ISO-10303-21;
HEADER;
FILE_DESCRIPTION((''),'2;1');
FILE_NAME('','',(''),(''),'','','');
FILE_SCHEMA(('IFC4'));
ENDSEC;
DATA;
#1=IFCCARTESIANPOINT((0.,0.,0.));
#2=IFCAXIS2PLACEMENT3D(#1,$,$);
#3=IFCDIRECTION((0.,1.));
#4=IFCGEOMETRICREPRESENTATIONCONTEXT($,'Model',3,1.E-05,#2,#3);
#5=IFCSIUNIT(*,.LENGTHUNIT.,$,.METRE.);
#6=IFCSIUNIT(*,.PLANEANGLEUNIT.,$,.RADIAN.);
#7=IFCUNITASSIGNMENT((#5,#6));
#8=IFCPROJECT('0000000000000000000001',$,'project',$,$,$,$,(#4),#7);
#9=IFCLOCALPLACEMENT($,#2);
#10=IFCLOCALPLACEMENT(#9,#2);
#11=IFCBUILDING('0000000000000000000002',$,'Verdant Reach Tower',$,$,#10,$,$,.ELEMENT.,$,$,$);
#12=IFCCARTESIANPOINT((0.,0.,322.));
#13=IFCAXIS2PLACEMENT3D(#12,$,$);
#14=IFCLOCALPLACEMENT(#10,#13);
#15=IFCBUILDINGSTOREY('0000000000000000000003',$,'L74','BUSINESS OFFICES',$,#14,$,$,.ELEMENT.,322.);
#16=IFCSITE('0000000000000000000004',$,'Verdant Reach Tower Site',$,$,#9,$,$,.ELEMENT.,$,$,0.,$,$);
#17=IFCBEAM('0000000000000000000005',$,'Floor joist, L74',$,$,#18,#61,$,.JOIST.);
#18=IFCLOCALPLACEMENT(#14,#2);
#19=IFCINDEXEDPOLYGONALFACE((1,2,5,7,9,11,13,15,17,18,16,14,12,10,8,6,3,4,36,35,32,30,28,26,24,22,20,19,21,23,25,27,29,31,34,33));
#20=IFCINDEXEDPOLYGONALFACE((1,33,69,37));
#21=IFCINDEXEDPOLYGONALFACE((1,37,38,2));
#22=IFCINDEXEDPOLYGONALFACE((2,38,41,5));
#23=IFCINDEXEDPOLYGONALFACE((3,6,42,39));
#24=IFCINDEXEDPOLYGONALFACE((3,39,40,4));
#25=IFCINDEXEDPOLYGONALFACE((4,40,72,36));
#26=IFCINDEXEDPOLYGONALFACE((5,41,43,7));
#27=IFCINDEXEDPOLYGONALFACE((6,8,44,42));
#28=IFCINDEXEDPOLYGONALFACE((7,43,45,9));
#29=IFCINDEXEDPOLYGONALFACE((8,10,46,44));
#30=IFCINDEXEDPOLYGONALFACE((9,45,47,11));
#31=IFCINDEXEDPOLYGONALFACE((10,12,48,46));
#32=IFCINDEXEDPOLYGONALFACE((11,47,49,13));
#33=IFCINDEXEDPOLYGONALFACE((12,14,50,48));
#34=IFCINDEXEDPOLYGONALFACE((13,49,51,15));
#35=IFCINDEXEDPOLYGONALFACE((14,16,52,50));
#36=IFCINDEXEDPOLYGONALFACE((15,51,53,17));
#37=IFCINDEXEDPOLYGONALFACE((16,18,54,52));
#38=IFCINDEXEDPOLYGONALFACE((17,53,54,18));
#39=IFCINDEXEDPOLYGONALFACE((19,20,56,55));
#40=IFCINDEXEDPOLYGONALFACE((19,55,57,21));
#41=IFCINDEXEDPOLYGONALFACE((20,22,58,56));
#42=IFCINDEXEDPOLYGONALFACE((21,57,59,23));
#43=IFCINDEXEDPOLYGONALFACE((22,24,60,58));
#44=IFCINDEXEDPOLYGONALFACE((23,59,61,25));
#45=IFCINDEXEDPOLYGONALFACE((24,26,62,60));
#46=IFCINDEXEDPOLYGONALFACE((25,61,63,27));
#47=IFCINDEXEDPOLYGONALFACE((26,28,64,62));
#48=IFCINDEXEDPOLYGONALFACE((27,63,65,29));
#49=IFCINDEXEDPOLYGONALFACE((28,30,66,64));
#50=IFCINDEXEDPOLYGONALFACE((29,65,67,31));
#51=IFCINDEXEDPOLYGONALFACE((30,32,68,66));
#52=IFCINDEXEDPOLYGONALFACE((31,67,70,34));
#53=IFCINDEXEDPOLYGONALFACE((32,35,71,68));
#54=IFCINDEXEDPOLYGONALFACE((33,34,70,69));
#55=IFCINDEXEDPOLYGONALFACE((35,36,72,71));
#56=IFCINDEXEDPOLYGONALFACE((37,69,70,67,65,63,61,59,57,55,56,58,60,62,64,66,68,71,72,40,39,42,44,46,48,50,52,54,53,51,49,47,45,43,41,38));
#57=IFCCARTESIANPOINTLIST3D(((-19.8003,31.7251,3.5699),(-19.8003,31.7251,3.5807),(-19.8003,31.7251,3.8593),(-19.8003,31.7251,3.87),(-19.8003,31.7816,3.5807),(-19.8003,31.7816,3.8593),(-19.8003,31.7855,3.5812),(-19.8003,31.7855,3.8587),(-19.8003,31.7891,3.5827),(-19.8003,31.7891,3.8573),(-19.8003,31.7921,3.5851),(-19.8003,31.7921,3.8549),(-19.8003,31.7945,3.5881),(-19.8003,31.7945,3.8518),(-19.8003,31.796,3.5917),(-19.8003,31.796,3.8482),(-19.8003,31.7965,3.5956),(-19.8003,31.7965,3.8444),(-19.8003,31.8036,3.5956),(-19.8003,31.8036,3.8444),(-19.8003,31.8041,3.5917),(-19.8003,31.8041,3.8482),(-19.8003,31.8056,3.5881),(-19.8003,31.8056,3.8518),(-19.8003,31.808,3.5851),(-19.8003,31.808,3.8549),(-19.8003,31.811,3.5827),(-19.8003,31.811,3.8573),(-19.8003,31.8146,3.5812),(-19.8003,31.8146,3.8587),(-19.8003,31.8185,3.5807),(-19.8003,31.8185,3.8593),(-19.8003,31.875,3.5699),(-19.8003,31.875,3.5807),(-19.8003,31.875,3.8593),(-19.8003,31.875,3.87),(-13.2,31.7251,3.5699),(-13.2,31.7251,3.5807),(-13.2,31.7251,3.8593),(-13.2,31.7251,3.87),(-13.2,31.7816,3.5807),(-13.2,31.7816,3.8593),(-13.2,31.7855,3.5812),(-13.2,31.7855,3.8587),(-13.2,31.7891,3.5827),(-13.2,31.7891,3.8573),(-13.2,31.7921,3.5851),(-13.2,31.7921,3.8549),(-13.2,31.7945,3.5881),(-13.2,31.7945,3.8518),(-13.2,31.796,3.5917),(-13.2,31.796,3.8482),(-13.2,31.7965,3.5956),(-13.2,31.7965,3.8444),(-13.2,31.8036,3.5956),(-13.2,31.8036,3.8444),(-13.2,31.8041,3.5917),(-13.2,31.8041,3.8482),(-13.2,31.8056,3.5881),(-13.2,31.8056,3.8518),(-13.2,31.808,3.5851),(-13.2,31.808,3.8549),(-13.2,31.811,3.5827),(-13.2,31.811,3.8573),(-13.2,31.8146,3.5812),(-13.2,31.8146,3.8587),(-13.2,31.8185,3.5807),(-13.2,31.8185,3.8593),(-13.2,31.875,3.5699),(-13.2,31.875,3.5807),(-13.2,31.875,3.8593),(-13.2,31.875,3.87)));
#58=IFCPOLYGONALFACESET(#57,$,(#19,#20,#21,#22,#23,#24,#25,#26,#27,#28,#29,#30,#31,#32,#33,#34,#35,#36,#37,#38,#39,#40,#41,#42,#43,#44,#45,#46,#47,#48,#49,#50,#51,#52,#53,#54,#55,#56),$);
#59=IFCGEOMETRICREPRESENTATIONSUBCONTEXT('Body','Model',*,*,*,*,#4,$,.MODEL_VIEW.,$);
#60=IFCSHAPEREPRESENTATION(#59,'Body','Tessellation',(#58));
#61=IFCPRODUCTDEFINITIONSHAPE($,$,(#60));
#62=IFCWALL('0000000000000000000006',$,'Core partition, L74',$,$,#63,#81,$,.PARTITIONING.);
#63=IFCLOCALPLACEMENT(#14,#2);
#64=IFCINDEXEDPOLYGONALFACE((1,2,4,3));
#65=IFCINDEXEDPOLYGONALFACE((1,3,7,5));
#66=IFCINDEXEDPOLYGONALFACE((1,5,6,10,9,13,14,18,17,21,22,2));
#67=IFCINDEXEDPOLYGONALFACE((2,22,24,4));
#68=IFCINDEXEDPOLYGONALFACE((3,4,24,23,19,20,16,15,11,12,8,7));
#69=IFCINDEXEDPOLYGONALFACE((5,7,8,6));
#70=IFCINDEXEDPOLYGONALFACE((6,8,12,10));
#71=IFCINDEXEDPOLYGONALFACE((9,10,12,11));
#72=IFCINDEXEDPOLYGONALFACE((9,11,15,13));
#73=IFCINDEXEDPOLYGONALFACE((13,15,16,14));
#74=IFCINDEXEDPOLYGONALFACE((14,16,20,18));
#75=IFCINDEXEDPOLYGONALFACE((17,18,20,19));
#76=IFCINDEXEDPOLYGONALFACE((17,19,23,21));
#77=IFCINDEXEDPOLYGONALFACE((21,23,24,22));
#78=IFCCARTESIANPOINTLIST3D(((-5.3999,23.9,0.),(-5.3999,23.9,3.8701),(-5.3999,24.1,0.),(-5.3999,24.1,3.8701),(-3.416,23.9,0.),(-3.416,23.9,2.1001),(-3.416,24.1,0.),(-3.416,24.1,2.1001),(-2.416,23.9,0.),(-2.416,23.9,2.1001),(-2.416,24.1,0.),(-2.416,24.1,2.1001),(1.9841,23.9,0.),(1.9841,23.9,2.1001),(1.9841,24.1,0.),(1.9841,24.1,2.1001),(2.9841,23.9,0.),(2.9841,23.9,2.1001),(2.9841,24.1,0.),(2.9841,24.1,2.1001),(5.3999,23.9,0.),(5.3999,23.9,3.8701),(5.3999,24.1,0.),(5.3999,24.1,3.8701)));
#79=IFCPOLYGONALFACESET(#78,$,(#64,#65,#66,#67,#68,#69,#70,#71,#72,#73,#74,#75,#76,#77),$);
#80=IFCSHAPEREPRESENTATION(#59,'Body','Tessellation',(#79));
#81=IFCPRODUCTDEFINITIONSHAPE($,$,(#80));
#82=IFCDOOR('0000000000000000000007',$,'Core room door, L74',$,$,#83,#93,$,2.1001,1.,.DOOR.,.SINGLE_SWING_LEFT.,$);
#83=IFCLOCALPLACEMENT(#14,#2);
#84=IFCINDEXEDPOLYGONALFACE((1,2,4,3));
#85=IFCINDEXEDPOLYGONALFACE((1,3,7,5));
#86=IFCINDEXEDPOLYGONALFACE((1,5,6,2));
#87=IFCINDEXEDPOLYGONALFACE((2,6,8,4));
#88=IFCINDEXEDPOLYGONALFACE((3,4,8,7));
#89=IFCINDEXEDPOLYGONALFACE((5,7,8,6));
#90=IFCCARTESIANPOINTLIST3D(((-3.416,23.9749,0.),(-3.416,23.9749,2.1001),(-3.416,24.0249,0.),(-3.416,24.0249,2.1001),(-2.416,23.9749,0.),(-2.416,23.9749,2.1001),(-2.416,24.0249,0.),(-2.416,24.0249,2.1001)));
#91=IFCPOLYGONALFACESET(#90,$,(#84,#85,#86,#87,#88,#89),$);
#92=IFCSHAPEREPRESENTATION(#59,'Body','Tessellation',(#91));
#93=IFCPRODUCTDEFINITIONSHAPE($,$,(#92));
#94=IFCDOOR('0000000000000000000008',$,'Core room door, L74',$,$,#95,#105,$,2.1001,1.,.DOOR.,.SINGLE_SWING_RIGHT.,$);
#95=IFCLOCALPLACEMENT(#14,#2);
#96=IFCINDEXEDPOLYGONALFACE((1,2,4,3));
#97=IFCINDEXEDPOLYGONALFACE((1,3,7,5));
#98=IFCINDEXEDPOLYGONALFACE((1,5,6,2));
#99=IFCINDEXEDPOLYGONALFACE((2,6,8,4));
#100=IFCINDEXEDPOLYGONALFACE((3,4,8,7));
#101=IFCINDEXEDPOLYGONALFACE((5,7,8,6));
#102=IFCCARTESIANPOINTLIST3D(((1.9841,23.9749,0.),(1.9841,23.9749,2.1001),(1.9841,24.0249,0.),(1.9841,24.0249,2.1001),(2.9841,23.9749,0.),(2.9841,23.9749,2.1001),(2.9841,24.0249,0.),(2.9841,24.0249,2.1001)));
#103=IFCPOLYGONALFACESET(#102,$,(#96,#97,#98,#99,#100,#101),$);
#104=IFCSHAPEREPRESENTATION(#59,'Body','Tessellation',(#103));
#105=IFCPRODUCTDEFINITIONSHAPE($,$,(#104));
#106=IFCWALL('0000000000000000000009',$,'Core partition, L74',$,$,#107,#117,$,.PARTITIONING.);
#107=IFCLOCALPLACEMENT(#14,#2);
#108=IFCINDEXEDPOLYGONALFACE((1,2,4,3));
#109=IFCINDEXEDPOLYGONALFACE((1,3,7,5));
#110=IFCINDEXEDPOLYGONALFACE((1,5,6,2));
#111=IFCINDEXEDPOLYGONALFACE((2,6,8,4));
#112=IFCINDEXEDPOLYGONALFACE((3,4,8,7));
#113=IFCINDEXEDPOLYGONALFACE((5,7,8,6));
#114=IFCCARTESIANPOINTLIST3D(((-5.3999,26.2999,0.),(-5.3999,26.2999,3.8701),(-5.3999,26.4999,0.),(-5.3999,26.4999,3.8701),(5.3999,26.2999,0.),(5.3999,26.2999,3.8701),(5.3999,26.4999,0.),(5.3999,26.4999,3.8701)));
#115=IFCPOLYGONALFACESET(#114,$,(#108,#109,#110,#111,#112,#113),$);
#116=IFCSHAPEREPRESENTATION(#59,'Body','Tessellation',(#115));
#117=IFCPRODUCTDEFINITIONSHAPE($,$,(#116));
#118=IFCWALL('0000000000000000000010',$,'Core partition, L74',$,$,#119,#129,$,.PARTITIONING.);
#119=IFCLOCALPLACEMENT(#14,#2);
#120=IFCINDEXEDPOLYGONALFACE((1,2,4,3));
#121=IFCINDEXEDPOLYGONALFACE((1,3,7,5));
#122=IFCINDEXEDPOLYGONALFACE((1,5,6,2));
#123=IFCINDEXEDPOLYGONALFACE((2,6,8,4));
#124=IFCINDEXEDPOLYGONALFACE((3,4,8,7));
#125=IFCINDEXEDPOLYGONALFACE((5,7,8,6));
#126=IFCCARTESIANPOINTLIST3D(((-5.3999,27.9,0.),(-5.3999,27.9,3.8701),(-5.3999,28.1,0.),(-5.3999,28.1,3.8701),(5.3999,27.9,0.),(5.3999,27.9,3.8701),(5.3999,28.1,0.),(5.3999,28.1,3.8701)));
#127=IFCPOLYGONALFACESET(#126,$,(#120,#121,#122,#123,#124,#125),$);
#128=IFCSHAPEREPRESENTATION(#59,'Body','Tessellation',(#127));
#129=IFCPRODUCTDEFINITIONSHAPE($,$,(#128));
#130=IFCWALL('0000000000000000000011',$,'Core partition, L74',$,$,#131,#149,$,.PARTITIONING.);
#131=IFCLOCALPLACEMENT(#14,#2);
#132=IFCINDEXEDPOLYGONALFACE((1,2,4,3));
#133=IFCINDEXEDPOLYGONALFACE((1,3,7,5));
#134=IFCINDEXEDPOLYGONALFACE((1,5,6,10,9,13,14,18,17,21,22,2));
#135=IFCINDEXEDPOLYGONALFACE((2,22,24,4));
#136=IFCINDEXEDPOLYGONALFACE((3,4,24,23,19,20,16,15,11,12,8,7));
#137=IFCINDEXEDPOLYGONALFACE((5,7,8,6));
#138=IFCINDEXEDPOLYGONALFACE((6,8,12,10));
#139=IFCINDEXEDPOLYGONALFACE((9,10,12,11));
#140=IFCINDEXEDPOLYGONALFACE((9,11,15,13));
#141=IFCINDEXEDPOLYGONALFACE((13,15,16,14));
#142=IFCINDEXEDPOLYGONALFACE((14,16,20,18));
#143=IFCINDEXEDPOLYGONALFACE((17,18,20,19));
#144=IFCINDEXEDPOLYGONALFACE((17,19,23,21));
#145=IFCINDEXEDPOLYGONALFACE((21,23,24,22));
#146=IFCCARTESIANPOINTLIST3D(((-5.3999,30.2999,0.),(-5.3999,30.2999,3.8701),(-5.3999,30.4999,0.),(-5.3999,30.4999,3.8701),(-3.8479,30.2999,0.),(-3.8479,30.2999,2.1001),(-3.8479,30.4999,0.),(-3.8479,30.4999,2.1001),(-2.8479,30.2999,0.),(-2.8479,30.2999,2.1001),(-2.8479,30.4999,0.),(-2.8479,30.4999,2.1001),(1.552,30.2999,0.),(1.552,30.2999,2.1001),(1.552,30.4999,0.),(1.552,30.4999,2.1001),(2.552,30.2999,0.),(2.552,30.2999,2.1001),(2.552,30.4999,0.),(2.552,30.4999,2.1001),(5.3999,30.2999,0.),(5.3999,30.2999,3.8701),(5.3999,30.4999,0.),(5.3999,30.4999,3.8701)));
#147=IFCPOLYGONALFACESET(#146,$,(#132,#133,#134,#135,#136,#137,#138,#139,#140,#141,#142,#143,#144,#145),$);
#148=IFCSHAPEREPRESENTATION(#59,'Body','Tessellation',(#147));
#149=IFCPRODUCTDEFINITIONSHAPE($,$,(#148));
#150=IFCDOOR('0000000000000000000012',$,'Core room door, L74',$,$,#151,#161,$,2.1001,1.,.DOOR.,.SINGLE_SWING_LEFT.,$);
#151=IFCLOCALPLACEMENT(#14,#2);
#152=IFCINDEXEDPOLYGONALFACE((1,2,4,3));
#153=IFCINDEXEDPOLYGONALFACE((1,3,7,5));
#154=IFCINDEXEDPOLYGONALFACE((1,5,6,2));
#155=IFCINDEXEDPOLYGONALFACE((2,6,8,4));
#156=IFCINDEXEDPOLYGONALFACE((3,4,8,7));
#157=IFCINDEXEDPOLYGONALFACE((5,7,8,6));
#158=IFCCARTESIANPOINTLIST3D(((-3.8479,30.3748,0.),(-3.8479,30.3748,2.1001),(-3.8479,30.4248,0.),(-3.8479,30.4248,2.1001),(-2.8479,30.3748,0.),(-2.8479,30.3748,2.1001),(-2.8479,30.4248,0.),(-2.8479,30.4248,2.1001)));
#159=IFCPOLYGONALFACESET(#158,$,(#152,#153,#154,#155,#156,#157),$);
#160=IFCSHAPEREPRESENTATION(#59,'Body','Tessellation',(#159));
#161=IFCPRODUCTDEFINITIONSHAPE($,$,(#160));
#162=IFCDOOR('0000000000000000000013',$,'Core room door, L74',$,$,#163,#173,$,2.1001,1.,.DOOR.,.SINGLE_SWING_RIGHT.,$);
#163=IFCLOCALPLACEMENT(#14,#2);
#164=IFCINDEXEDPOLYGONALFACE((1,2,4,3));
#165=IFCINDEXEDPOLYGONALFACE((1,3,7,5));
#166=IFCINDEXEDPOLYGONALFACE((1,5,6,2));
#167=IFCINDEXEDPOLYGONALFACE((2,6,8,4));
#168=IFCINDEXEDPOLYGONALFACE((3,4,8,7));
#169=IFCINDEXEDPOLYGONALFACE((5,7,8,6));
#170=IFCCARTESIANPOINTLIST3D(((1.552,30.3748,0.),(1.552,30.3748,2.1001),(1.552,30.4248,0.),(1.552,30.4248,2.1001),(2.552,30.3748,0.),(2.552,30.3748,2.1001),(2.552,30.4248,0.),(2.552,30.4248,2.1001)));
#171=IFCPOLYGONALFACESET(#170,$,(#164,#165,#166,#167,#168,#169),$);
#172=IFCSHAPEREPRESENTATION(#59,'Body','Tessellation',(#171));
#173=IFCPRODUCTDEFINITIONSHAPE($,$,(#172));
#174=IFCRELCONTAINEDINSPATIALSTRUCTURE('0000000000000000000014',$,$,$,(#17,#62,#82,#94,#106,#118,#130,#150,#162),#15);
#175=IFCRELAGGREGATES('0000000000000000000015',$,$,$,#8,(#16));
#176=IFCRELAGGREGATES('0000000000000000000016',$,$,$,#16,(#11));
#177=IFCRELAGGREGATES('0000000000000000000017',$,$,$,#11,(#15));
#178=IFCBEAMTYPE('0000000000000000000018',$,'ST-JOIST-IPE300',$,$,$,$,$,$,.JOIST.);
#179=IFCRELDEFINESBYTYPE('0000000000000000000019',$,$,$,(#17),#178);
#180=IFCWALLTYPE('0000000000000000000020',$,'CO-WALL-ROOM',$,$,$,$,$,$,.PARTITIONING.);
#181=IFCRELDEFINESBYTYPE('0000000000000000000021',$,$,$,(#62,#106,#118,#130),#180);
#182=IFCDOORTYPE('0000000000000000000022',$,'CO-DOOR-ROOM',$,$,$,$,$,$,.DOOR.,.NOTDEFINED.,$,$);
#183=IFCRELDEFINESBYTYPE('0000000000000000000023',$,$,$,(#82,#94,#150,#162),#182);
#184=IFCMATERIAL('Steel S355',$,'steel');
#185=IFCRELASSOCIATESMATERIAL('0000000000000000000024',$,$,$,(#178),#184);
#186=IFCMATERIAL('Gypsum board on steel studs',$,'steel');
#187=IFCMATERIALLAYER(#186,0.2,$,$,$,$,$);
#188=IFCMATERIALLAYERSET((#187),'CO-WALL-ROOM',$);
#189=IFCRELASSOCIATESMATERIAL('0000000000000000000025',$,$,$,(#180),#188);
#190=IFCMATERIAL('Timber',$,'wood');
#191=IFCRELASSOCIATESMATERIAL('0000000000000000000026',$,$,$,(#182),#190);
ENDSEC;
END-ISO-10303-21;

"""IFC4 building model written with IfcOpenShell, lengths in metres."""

from ifc_helpers import new_model, si_unit, direction, frame, frame_2d, origin, origin_2d, place, context, subcontext, project, spatial, rectangle, i_section, extrude, material, layer, layer_set, material_profile, profile_set, type_object, element, fill, save


model = new_model("IFC4")

# Units and contexts
model_context = context("Model", 3, precision=1e-05, world=origin(), true_north=direction((0.0, 1.0)))
body_context = subcontext(model_context, "Body", "Model", "MODEL_VIEW")
ifc_project = project(units=[si_unit("LENGTHUNIT", "METRE"), si_unit("PLANEANGLEUNIT", "RADIAN")], contexts=[model_context])

# Site, building, storey
site_placement = place(None, origin())
site = spatial("IfcSite", under=ifc_project, at=site_placement, Name="Verdant Reach Tower Site", CompositionType="ELEMENT", RefElevation=0.0)
building_placement = place(site_placement, origin())
building = spatial("IfcBuilding", under=site, at=building_placement, Name="Verdant Reach Tower", CompositionType="ELEMENT")
storey_placement = place(building_placement, frame((0.0, 0.0, 322.0)))
storey = spatial("IfcBuildingStorey", under=building, at=storey_placement, Name="L74", Description="BUSINESS OFFICES", CompositionType="ELEMENT", Elevation=322.0)

# Beam
ifc_material_1 = material(Name="Steel S355", Category="steel")
ifc_material_profile = material_profile(ifc_material_1, i_section(OverallWidth=0.1499, OverallDepth=0.3, WebThickness=0.0071, FlangeThickness=0.0107, FilletRadius=0.0149, at=origin_2d()), Name="IPE 300")
ifc_profile_set = profile_set([ifc_material_profile], Name="Steel S355")
beam_type = type_object("IfcBeamType", Name="ST-JOIST-IPE300", PredefinedType="JOIST", material=ifc_profile_set)
beam_placement = place(storey_placement, frame((-13.2, 31.8, 3.72), z_axis=(-1.0, 0.0, 0.0), x_axis=(0.0, -1.0, 0.0)))
element("IfcBeam", 1, at=beam_placement, inside=storey, type_object=beam_type, Name="Floor joist, L74", PredefinedType="JOIST", context=body_context, shape_type="SweptSolid", body=[
    extrude(i_section(OverallWidth=0.1499, OverallDepth=0.3, WebThickness=0.0071, FlangeThickness=0.0107, FilletRadius=0.0149, at=origin_2d()), origin(), (0.0, 0.0, 1.0), 6.6003),
])

# Wall, openings, doors
ifc_material_2 = material(Name="Gypsum board on steel studs", Category="steel")
ifc_layer_1 = layer(ifc_material_2, 0.2)
ifc_layer_set_1 = layer_set([ifc_layer_1], Name="CO-WALL-ROOM")
wall_type_1 = type_object("IfcWallType", Name="CO-WALL-ROOM", PredefinedType="PARTITIONING", material=ifc_layer_set_1)
wall_1_placement = place(storey_placement, frame((-5.3999, 24.0, 0.0), z_axis=(0.0, 0.0, 1.0), x_axis=(1.0, 0.0, 0.0)))
wall_1 = element("IfcWall", 2, at=wall_1_placement, inside=storey, type_object=wall_type_1, Name="Core partition, L74", PredefinedType="PARTITIONING", context=body_context, shape_type="SweptSolid", body=[
    extrude(rectangle(XDim=10.7998, YDim=0.2, at=frame_2d((5.3999, 0.0))), origin(), (0.0, 0.0, 1.0), 3.8701),
])
opening_1_placement = place(wall_1_placement, frame((1.9839, 0.0, 0.0)))
opening_1 = element("IfcOpeningElement", 3, at=opening_1_placement, cuts=wall_1, PredefinedType="OPENING", context=body_context, shape_type="SweptSolid", body=[
    extrude(rectangle(XDim=1.0, YDim=2.1001, at=frame_2d((0.5, 1.05))), frame((0.0, 0.1099, 0.0), z_axis=(0.0, -1.0, 0.0), x_axis=(1.0, 0.0, 0.0)), (0.0, 0.0, 1.0), 0.22),
])
opening_2_placement = place(wall_1_placement, frame((7.384, 0.0, 0.0)))
opening_2 = element("IfcOpeningElement", 4, at=opening_2_placement, cuts=wall_1, PredefinedType="OPENING", context=body_context, shape_type="SweptSolid", body=[
    extrude(rectangle(XDim=1.0, YDim=2.1001, at=frame_2d((0.5, 1.05))), frame((0.0, 0.1099, 0.0), z_axis=(0.0, -1.0, 0.0), x_axis=(1.0, 0.0, 0.0)), (0.0, 0.0, 1.0), 0.22),
])
ifc_material_3 = material(Name="Timber", Category="wood")
door_type_1 = type_object("IfcDoorType", Name="CO-DOOR-ROOM", OperationType="NOTDEFINED", PredefinedType="DOOR", material=ifc_material_3)
door_1_placement = place(opening_1_placement, origin())
door_1 = element("IfcDoor", 5, at=door_1_placement, inside=storey, type_object=door_type_1, Name="Core room door, L74", OperationType="SINGLE_SWING_LEFT", OverallHeight=2.1001, OverallWidth=1.0, PredefinedType="DOOR", context=body_context, shape_type="SweptSolid", body=[
    extrude(rectangle(XDim=1.0, YDim=2.1001, at=frame_2d((0.5, 1.05))), frame((0.0, 0.0249, 0.0), z_axis=(0.0, -1.0, 0.0), x_axis=(1.0, 0.0, 0.0)), (0.0, 0.0, 1.0), 0.05),
])
fill(opening_1, door_1)
door_2_placement = place(opening_2_placement, origin())
door_2 = element("IfcDoor", 6, at=door_2_placement, inside=storey, type_object=door_type_1, Name="Core room door, L74", OperationType="SINGLE_SWING_RIGHT", OverallHeight=2.1001, OverallWidth=1.0, PredefinedType="DOOR", context=body_context, shape_type="SweptSolid", body=[
    extrude(rectangle(XDim=1.0, YDim=2.1001, at=frame_2d((0.5, 1.05))), frame((0.0, 0.0249, 0.0), z_axis=(0.0, -1.0, 0.0), x_axis=(1.0, 0.0, 0.0)), (0.0, 0.0, 1.0), 0.05),
])
fill(opening_2, door_2)

# Walls
for number, where, z_axis, x_axis, name in (
    (7, (-5.3999, 26.3999, 0.0), (0.0, 0.0, 1.0), (1.0, 0.0, 0.0), "Core partition, L74"),
    (8, (-5.3999, 28.0, 0.0), (0.0, 0.0, 1.0), (1.0, 0.0, 0.0), "Core partition, L74"),
):
    element("IfcWall", number, at=place(storey_placement, frame(where, z_axis=z_axis, x_axis=x_axis)), inside=storey, type_object=wall_type_1, Name=name, PredefinedType="PARTITIONING", context=body_context, shape_type="SweptSolid", body=[
        extrude(rectangle(XDim=10.7998, YDim=0.2, at=frame_2d((5.3999, 0.0))), origin(), (0.0, 0.0, 1.0), 3.8701),
    ])

# Wall, openings, doors
wall_2_placement = place(storey_placement, frame((-5.3999, 30.3999, 0.0), z_axis=(0.0, 0.0, 1.0), x_axis=(1.0, 0.0, 0.0)))
wall_2 = element("IfcWall", 9, at=wall_2_placement, inside=storey, type_object=wall_type_1, Name="Core partition, L74", PredefinedType="PARTITIONING", context=body_context, shape_type="SweptSolid", body=[
    extrude(rectangle(XDim=10.7998, YDim=0.2, at=frame_2d((5.3999, 0.0))), origin(), (0.0, 0.0, 1.0), 3.8701),
])
opening_3_placement = place(wall_2_placement, frame((1.552, 0.0, 0.0)))
opening_3 = element("IfcOpeningElement", 10, at=opening_3_placement, cuts=wall_2, PredefinedType="OPENING", context=body_context, shape_type="SweptSolid", body=[
    extrude(rectangle(XDim=1.0, YDim=2.1001, at=frame_2d((0.5, 1.05))), frame((0.0, 0.1099, 0.0), z_axis=(0.0, -1.0, 0.0), x_axis=(1.0, 0.0, 0.0)), (0.0, 0.0, 1.0), 0.22),
])
opening_4_placement = place(wall_2_placement, frame((6.9519, 0.0, 0.0)))
opening_4 = element("IfcOpeningElement", 11, at=opening_4_placement, cuts=wall_2, PredefinedType="OPENING", context=body_context, shape_type="SweptSolid", body=[
    extrude(rectangle(XDim=1.0, YDim=2.1001, at=frame_2d((0.5, 1.05))), frame((0.0, 0.1099, 0.0), z_axis=(0.0, -1.0, 0.0), x_axis=(1.0, 0.0, 0.0)), (0.0, 0.0, 1.0), 0.22),
])
door_3_placement = place(opening_3_placement, origin())
door_3 = element("IfcDoor", 12, at=door_3_placement, inside=storey, type_object=door_type_1, Name="Core room door, L74", OperationType="SINGLE_SWING_LEFT", OverallHeight=2.1001, OverallWidth=1.0, PredefinedType="DOOR", context=body_context, shape_type="SweptSolid", body=[
    extrude(rectangle(XDim=1.0, YDim=2.1001, at=frame_2d((0.5, 1.05))), frame((0.0, 0.0249, 0.0), z_axis=(0.0, -1.0, 0.0), x_axis=(1.0, 0.0, 0.0)), (0.0, 0.0, 1.0), 0.05),
])
fill(opening_3, door_3)
door_4_placement = place(opening_4_placement, origin())
door_4 = element("IfcDoor", 13, at=door_4_placement, inside=storey, type_object=door_type_1, Name="Core room door, L74", OperationType="SINGLE_SWING_RIGHT", OverallHeight=2.1001, OverallWidth=1.0, PredefinedType="DOOR", context=body_context, shape_type="SweptSolid", body=[
    extrude(rectangle(XDim=1.0, YDim=2.1001, at=frame_2d((0.5, 1.05))), frame((0.0, 0.0249, 0.0), z_axis=(0.0, -1.0, 0.0), x_axis=(1.0, 0.0, 0.0)), (0.0, 0.0, 1.0), 0.05),
])
fill(opening_4, door_4)

save(model, "model.ifc")
